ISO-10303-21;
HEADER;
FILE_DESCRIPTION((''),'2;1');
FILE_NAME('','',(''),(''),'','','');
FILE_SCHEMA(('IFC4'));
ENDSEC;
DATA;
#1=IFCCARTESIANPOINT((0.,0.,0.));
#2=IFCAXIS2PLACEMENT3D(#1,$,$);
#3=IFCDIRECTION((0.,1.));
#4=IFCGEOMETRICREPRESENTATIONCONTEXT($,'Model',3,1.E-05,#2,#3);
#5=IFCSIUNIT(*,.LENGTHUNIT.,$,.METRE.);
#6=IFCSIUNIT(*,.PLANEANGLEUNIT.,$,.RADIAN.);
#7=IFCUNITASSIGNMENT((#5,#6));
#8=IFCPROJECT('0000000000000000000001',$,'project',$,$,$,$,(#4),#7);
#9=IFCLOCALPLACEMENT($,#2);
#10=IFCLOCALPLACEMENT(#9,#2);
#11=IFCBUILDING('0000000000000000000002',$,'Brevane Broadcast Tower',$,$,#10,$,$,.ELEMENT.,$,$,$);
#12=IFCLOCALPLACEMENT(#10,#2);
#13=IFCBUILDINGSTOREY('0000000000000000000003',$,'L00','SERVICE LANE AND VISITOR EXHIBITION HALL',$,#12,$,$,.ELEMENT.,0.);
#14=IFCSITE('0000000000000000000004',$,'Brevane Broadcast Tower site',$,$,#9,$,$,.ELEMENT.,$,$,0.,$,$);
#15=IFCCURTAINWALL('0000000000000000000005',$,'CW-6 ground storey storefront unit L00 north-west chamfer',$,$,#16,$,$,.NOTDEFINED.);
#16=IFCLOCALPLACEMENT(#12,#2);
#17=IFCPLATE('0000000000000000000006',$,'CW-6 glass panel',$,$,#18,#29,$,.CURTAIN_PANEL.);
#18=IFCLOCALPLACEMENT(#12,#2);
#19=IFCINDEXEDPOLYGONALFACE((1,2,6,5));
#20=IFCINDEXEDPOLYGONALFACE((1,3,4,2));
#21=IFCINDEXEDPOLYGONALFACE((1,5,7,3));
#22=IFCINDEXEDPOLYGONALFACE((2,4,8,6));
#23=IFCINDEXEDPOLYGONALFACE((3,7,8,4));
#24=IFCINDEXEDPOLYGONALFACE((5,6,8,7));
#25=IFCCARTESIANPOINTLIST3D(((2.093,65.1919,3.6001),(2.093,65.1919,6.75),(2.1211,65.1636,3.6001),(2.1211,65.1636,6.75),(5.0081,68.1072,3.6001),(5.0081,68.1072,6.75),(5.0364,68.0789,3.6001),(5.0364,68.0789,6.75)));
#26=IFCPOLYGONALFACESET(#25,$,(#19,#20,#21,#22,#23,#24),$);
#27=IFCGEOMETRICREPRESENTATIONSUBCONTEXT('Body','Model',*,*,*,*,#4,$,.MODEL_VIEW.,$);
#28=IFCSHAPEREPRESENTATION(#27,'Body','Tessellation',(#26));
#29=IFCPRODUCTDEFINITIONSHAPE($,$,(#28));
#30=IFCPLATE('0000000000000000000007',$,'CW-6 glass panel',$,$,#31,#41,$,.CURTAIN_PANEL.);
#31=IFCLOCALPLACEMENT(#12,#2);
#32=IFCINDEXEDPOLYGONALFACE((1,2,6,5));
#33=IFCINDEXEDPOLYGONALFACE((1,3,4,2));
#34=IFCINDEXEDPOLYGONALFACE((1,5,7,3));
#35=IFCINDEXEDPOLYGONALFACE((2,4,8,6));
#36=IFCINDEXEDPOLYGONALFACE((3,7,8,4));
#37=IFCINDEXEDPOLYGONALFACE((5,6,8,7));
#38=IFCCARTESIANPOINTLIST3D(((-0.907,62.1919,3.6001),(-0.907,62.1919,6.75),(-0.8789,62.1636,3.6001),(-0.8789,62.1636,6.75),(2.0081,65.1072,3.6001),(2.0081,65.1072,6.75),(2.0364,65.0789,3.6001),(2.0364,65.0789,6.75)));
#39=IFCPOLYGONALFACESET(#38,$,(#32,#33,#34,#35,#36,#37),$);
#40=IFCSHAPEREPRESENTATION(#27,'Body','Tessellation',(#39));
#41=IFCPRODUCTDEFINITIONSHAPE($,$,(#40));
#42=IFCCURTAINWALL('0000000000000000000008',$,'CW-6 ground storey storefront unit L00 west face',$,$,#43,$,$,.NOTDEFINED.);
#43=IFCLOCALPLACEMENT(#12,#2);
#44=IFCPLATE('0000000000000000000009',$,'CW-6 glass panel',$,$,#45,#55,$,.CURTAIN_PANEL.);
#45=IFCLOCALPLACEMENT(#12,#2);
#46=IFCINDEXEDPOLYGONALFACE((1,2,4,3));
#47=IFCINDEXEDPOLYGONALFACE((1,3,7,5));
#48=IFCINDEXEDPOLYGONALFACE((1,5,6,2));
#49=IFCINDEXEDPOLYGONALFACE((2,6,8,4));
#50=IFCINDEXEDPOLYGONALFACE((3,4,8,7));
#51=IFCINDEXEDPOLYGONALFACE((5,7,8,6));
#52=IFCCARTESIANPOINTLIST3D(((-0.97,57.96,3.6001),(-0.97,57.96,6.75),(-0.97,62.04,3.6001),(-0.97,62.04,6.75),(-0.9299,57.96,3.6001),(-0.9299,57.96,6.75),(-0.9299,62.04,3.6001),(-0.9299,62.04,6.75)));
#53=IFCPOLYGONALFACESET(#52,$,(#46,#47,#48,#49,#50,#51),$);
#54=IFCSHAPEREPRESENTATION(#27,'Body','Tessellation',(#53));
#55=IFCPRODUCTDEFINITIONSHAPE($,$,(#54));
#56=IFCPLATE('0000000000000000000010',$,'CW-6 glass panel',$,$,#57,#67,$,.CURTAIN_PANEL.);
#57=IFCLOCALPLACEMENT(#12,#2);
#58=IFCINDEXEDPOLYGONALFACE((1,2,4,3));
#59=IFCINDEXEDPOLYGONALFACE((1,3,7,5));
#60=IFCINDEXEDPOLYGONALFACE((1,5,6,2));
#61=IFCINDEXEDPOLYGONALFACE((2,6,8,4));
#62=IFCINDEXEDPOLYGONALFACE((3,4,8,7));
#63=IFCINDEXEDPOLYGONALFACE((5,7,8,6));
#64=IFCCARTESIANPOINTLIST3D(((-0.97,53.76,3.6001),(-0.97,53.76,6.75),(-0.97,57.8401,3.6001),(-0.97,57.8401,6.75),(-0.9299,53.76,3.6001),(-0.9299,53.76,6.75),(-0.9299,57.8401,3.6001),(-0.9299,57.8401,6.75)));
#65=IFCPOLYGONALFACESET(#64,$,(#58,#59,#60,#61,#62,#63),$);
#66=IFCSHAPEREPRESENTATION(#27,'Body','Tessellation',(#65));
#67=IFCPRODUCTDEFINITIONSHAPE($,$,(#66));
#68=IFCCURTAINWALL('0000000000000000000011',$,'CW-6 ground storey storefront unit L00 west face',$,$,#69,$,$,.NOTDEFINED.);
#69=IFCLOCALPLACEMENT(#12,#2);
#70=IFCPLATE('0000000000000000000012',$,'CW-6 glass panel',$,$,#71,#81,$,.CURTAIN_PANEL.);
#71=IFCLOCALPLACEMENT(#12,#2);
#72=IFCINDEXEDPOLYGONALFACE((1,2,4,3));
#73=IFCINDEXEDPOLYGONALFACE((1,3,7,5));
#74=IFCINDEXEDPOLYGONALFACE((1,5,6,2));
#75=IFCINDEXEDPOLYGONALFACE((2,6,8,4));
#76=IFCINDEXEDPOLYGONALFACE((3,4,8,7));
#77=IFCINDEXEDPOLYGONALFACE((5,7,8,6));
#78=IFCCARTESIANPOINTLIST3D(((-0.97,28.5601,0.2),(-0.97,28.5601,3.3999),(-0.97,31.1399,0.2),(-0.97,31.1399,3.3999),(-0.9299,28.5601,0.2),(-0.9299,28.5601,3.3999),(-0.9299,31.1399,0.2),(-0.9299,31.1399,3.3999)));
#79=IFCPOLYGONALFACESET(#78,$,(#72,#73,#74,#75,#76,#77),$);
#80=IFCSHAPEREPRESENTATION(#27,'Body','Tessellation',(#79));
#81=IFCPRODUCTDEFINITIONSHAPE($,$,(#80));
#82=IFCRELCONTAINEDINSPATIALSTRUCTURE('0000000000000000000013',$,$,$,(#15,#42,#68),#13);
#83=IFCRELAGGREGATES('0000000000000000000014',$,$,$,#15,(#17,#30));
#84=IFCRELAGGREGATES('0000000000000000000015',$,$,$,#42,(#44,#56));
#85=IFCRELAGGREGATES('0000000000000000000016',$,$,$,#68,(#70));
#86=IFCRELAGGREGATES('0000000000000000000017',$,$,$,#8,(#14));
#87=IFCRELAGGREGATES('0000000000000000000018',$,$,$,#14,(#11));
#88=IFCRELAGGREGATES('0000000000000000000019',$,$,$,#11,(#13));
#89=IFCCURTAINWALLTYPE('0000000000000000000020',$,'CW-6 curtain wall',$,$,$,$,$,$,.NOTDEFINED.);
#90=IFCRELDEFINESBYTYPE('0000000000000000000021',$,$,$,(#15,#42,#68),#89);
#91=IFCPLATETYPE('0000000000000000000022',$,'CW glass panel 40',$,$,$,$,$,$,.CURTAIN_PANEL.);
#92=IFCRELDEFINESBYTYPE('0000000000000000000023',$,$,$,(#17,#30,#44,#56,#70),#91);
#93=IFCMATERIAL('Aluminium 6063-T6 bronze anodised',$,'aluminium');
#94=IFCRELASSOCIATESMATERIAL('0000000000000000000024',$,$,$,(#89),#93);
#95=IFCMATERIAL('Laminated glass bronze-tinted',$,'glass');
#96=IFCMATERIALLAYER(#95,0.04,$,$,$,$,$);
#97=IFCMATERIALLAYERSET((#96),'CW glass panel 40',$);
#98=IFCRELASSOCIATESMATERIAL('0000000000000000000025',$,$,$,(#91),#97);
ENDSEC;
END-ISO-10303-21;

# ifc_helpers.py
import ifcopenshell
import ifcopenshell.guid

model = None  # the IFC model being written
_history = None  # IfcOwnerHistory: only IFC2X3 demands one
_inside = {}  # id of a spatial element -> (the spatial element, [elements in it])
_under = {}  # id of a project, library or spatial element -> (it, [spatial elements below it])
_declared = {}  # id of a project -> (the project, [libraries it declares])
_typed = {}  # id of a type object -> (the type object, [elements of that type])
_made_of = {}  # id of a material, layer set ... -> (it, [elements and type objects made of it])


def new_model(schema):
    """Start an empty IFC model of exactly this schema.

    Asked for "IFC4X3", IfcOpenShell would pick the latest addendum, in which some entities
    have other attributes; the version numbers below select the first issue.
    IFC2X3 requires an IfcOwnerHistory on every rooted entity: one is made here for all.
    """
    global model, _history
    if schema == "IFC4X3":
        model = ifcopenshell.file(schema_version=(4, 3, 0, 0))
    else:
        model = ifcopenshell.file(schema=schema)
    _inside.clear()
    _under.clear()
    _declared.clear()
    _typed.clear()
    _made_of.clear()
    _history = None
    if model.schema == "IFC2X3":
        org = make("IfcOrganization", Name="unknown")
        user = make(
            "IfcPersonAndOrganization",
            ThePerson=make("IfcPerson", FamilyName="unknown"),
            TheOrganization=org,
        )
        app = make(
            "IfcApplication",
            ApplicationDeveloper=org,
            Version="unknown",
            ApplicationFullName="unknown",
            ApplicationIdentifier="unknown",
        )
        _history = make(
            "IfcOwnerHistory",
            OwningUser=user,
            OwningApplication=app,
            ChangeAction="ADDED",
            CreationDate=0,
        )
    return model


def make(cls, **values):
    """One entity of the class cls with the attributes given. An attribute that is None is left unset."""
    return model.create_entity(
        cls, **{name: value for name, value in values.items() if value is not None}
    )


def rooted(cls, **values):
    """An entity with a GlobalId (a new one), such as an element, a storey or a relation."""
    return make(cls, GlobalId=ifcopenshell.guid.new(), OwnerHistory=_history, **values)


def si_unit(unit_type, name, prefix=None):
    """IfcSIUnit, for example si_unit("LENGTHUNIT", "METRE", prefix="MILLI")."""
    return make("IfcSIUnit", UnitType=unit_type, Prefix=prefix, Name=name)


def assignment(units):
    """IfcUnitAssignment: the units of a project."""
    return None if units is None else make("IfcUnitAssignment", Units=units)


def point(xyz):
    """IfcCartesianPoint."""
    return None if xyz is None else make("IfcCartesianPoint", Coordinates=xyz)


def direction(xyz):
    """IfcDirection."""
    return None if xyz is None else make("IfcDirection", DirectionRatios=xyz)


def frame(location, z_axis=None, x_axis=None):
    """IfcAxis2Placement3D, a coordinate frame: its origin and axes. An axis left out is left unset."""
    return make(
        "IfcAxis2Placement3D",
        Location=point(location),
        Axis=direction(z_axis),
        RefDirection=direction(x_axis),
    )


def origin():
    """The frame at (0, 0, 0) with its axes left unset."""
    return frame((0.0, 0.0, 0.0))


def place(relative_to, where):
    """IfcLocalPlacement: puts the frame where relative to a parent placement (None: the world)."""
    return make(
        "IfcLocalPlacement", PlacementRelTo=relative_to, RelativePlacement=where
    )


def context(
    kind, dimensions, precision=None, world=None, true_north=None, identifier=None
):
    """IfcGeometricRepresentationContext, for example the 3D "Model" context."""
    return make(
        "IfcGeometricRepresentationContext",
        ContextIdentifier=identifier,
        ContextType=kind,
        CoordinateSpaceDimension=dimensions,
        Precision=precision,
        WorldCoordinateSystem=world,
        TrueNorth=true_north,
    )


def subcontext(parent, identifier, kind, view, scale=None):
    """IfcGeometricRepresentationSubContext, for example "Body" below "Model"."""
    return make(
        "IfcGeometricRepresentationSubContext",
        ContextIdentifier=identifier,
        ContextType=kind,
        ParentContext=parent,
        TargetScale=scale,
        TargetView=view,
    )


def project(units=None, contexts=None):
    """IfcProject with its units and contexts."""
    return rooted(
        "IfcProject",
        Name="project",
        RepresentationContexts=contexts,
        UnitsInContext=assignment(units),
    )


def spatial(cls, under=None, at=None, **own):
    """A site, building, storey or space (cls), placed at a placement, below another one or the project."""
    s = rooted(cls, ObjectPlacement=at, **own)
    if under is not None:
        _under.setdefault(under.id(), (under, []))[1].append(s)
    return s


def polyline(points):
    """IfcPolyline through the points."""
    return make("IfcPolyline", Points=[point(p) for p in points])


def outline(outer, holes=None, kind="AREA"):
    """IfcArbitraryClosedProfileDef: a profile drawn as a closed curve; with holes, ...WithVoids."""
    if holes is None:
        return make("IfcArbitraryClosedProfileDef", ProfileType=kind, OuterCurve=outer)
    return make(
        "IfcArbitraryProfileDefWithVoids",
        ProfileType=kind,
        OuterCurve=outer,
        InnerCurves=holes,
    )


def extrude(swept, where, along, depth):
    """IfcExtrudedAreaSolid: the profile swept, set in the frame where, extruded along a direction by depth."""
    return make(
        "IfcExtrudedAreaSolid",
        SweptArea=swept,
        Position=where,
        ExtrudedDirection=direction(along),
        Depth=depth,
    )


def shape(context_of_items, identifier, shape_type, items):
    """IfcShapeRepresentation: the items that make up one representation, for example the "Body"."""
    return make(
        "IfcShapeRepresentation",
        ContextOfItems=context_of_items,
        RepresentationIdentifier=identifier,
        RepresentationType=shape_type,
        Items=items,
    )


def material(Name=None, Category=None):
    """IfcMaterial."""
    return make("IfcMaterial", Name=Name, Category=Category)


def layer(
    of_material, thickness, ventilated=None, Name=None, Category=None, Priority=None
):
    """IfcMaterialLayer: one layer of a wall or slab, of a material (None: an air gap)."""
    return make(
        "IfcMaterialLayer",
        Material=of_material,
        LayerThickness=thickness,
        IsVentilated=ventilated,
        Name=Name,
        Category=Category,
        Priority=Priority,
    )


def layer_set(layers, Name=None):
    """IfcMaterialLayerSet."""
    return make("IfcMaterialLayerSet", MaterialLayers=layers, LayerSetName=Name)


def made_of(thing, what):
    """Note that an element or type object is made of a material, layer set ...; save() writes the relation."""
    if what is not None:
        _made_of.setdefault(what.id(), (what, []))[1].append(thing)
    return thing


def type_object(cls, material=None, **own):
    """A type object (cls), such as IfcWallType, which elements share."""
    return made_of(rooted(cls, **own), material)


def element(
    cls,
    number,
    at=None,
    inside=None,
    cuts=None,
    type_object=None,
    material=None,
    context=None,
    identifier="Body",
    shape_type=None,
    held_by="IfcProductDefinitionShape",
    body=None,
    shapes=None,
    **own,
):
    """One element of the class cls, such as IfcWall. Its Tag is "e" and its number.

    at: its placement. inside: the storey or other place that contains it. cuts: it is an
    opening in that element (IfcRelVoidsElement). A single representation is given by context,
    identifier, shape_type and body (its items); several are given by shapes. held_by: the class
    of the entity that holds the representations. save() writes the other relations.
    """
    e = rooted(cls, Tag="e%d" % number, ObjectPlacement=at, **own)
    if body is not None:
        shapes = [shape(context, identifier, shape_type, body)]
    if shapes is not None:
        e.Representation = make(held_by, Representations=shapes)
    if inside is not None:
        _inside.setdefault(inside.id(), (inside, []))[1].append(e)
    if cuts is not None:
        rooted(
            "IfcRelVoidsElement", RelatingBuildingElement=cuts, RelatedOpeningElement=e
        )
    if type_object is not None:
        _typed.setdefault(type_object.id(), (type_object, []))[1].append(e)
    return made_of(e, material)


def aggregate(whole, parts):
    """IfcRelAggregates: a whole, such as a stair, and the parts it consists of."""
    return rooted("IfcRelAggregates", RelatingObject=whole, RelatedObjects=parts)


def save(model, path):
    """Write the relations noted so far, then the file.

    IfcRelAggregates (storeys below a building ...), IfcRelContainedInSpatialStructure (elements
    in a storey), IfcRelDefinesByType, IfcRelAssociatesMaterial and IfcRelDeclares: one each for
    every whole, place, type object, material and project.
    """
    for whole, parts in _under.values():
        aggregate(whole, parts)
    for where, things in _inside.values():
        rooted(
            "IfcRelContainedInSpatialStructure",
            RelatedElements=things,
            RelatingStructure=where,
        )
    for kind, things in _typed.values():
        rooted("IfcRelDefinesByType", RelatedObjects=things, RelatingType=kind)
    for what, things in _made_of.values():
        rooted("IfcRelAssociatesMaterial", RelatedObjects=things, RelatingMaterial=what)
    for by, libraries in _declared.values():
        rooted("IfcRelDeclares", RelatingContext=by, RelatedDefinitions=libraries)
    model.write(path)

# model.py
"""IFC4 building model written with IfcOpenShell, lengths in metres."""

from ifc_helpers import new_model, si_unit, direction, frame, origin, place, context, subcontext, project, spatial, polyline, outline, extrude, material, layer, layer_set, type_object, element, aggregate, save


model = new_model("IFC4")

# Units and contexts
model_context = context("Model", 3, precision=1e-05, world=origin(), true_north=direction((0.0, 1.0)))
body_context = subcontext(model_context, "Body", "Model", "MODEL_VIEW")
ifc_project = project(units=[si_unit("LENGTHUNIT", "METRE"), si_unit("PLANEANGLEUNIT", "RADIAN")], contexts=[model_context])

# Site, building, storey
site_placement = place(None, origin())
site = spatial("IfcSite", under=ifc_project, at=site_placement, Name="Brevane Broadcast Tower site", CompositionType="ELEMENT", RefElevation=0.0)
building_placement = place(site_placement, origin())
building = spatial("IfcBuilding", under=site, at=building_placement, Name="Brevane Broadcast Tower", CompositionType="ELEMENT")
storey_placement = place(building_placement, origin())
storey = spatial("IfcBuildingStorey", under=building, at=storey_placement, Name="L00", Description="SERVICE LANE AND VISITOR EXHIBITION HALL", CompositionType="ELEMENT", Elevation=0.0)

# Shared definitions
ifc_material_1 = material(Name="Aluminium 6063-T6 bronze anodised", Category="aluminium")
curtain_wall_type = type_object("IfcCurtainWallType", Name="CW-6 curtain wall", PredefinedType="NOTDEFINED", material=ifc_material_1)
ifc_material_2 = material(Name="Laminated glass bronze-tinted", Category="glass")
ifc_layer = layer(ifc_material_2, 0.04)
ifc_layer_set = layer_set([ifc_layer], Name="CW glass panel 40")
plate_type = type_object("IfcPlateType", Name="CW glass panel 40", PredefinedType="CURTAIN_PANEL", material=ifc_layer_set)

# Curtain walls, plates
curtain_wall_1_placement = place(storey_placement, origin())
curtain_wall_1 = element("IfcCurtainWall", 1, at=curtain_wall_1_placement, inside=storey, type_object=curtain_wall_type, Name="CW-6 ground storey storefront unit L00 north-west chamfer", PredefinedType="NOTDEFINED")
plate_1_placement = place(storey_placement, frame((0.0, 0.0, 3.6001)))
plate_1 = element("IfcPlate", 2, at=plate_1_placement, type_object=plate_type, Name="CW-6 glass panel", PredefinedType="CURTAIN_PANEL", context=body_context, shape_type="SweptSolid", body=[
    extrude(outline(polyline([(5.0364, 68.0789), (2.1211, 65.1636), (2.093, 65.1919), (5.0081, 68.1072), (5.0364, 68.0789)])), origin(), (0.0, 0.0, 1.0), 3.1499),
])
plate_2_placement = place(storey_placement, frame((0.0, 0.0, 3.6001)))
plate_2 = element("IfcPlate", 3, at=plate_2_placement, type_object=plate_type, Name="CW-6 glass panel", PredefinedType="CURTAIN_PANEL", context=body_context, shape_type="SweptSolid", body=[
    extrude(outline(polyline([(2.0364, 65.0789), (-0.8789, 62.1636), (-0.907, 62.1919), (2.0081, 65.1072), (2.0364, 65.0789)])), origin(), (0.0, 0.0, 1.0), 3.1499),
])
aggregate(curtain_wall_1, [plate_1, plate_2])
curtain_wall_2_placement = place(storey_placement, origin())
curtain_wall_2 = element("IfcCurtainWall", 4, at=curtain_wall_2_placement, inside=storey, type_object=curtain_wall_type, Name="CW-6 ground storey storefront unit L00 west face", PredefinedType="NOTDEFINED")
plate_3_placement = place(storey_placement, frame((0.0, 0.0, 3.6001)))
plate_3 = element("IfcPlate", 5, at=plate_3_placement, type_object=plate_type, Name="CW-6 glass panel", PredefinedType="CURTAIN_PANEL", context=body_context, shape_type="SweptSolid", body=[
    extrude(outline(polyline([(-0.97, 57.96), (-0.9299, 57.96), (-0.9299, 62.04), (-0.97, 62.04), (-0.97, 57.96)])), origin(), (0.0, 0.0, 1.0), 3.1499),
])
plate_4_placement = place(storey_placement, frame((0.0, 0.0, 3.6001)))
plate_4 = element("IfcPlate", 6, at=plate_4_placement, type_object=plate_type, Name="CW-6 glass panel", PredefinedType="CURTAIN_PANEL", context=body_context, shape_type="SweptSolid", body=[
    extrude(outline(polyline([(-0.97, 53.76), (-0.9299, 53.76), (-0.9299, 57.8401), (-0.97, 57.8401), (-0.97, 53.76)])), origin(), (0.0, 0.0, 1.0), 3.1499),
])
aggregate(curtain_wall_2, [plate_3, plate_4])

# Curtain wall, plate
curtain_wall_3_placement = place(storey_placement, origin())
curtain_wall_3 = element("IfcCurtainWall", 7, at=curtain_wall_3_placement, inside=storey, type_object=curtain_wall_type, Name="CW-6 ground storey storefront unit L00 west face", PredefinedType="NOTDEFINED")
plate_5_placement = place(storey_placement, frame((0.0, 0.0, 0.2)))
plate_5 = element("IfcPlate", 8, at=plate_5_placement, type_object=plate_type, Name="CW-6 glass panel", PredefinedType="CURTAIN_PANEL", context=body_context, shape_type="SweptSolid", body=[
    extrude(outline(polyline([(-0.97, 28.5601), (-0.9299, 28.5601), (-0.9299, 31.1399), (-0.97, 31.1399), (-0.97, 28.5601)])), origin(), (0.0, 0.0, 1.0), 3.2),
])
aggregate(curtain_wall_3, [plate_5])

save(model, "model.ifc")
